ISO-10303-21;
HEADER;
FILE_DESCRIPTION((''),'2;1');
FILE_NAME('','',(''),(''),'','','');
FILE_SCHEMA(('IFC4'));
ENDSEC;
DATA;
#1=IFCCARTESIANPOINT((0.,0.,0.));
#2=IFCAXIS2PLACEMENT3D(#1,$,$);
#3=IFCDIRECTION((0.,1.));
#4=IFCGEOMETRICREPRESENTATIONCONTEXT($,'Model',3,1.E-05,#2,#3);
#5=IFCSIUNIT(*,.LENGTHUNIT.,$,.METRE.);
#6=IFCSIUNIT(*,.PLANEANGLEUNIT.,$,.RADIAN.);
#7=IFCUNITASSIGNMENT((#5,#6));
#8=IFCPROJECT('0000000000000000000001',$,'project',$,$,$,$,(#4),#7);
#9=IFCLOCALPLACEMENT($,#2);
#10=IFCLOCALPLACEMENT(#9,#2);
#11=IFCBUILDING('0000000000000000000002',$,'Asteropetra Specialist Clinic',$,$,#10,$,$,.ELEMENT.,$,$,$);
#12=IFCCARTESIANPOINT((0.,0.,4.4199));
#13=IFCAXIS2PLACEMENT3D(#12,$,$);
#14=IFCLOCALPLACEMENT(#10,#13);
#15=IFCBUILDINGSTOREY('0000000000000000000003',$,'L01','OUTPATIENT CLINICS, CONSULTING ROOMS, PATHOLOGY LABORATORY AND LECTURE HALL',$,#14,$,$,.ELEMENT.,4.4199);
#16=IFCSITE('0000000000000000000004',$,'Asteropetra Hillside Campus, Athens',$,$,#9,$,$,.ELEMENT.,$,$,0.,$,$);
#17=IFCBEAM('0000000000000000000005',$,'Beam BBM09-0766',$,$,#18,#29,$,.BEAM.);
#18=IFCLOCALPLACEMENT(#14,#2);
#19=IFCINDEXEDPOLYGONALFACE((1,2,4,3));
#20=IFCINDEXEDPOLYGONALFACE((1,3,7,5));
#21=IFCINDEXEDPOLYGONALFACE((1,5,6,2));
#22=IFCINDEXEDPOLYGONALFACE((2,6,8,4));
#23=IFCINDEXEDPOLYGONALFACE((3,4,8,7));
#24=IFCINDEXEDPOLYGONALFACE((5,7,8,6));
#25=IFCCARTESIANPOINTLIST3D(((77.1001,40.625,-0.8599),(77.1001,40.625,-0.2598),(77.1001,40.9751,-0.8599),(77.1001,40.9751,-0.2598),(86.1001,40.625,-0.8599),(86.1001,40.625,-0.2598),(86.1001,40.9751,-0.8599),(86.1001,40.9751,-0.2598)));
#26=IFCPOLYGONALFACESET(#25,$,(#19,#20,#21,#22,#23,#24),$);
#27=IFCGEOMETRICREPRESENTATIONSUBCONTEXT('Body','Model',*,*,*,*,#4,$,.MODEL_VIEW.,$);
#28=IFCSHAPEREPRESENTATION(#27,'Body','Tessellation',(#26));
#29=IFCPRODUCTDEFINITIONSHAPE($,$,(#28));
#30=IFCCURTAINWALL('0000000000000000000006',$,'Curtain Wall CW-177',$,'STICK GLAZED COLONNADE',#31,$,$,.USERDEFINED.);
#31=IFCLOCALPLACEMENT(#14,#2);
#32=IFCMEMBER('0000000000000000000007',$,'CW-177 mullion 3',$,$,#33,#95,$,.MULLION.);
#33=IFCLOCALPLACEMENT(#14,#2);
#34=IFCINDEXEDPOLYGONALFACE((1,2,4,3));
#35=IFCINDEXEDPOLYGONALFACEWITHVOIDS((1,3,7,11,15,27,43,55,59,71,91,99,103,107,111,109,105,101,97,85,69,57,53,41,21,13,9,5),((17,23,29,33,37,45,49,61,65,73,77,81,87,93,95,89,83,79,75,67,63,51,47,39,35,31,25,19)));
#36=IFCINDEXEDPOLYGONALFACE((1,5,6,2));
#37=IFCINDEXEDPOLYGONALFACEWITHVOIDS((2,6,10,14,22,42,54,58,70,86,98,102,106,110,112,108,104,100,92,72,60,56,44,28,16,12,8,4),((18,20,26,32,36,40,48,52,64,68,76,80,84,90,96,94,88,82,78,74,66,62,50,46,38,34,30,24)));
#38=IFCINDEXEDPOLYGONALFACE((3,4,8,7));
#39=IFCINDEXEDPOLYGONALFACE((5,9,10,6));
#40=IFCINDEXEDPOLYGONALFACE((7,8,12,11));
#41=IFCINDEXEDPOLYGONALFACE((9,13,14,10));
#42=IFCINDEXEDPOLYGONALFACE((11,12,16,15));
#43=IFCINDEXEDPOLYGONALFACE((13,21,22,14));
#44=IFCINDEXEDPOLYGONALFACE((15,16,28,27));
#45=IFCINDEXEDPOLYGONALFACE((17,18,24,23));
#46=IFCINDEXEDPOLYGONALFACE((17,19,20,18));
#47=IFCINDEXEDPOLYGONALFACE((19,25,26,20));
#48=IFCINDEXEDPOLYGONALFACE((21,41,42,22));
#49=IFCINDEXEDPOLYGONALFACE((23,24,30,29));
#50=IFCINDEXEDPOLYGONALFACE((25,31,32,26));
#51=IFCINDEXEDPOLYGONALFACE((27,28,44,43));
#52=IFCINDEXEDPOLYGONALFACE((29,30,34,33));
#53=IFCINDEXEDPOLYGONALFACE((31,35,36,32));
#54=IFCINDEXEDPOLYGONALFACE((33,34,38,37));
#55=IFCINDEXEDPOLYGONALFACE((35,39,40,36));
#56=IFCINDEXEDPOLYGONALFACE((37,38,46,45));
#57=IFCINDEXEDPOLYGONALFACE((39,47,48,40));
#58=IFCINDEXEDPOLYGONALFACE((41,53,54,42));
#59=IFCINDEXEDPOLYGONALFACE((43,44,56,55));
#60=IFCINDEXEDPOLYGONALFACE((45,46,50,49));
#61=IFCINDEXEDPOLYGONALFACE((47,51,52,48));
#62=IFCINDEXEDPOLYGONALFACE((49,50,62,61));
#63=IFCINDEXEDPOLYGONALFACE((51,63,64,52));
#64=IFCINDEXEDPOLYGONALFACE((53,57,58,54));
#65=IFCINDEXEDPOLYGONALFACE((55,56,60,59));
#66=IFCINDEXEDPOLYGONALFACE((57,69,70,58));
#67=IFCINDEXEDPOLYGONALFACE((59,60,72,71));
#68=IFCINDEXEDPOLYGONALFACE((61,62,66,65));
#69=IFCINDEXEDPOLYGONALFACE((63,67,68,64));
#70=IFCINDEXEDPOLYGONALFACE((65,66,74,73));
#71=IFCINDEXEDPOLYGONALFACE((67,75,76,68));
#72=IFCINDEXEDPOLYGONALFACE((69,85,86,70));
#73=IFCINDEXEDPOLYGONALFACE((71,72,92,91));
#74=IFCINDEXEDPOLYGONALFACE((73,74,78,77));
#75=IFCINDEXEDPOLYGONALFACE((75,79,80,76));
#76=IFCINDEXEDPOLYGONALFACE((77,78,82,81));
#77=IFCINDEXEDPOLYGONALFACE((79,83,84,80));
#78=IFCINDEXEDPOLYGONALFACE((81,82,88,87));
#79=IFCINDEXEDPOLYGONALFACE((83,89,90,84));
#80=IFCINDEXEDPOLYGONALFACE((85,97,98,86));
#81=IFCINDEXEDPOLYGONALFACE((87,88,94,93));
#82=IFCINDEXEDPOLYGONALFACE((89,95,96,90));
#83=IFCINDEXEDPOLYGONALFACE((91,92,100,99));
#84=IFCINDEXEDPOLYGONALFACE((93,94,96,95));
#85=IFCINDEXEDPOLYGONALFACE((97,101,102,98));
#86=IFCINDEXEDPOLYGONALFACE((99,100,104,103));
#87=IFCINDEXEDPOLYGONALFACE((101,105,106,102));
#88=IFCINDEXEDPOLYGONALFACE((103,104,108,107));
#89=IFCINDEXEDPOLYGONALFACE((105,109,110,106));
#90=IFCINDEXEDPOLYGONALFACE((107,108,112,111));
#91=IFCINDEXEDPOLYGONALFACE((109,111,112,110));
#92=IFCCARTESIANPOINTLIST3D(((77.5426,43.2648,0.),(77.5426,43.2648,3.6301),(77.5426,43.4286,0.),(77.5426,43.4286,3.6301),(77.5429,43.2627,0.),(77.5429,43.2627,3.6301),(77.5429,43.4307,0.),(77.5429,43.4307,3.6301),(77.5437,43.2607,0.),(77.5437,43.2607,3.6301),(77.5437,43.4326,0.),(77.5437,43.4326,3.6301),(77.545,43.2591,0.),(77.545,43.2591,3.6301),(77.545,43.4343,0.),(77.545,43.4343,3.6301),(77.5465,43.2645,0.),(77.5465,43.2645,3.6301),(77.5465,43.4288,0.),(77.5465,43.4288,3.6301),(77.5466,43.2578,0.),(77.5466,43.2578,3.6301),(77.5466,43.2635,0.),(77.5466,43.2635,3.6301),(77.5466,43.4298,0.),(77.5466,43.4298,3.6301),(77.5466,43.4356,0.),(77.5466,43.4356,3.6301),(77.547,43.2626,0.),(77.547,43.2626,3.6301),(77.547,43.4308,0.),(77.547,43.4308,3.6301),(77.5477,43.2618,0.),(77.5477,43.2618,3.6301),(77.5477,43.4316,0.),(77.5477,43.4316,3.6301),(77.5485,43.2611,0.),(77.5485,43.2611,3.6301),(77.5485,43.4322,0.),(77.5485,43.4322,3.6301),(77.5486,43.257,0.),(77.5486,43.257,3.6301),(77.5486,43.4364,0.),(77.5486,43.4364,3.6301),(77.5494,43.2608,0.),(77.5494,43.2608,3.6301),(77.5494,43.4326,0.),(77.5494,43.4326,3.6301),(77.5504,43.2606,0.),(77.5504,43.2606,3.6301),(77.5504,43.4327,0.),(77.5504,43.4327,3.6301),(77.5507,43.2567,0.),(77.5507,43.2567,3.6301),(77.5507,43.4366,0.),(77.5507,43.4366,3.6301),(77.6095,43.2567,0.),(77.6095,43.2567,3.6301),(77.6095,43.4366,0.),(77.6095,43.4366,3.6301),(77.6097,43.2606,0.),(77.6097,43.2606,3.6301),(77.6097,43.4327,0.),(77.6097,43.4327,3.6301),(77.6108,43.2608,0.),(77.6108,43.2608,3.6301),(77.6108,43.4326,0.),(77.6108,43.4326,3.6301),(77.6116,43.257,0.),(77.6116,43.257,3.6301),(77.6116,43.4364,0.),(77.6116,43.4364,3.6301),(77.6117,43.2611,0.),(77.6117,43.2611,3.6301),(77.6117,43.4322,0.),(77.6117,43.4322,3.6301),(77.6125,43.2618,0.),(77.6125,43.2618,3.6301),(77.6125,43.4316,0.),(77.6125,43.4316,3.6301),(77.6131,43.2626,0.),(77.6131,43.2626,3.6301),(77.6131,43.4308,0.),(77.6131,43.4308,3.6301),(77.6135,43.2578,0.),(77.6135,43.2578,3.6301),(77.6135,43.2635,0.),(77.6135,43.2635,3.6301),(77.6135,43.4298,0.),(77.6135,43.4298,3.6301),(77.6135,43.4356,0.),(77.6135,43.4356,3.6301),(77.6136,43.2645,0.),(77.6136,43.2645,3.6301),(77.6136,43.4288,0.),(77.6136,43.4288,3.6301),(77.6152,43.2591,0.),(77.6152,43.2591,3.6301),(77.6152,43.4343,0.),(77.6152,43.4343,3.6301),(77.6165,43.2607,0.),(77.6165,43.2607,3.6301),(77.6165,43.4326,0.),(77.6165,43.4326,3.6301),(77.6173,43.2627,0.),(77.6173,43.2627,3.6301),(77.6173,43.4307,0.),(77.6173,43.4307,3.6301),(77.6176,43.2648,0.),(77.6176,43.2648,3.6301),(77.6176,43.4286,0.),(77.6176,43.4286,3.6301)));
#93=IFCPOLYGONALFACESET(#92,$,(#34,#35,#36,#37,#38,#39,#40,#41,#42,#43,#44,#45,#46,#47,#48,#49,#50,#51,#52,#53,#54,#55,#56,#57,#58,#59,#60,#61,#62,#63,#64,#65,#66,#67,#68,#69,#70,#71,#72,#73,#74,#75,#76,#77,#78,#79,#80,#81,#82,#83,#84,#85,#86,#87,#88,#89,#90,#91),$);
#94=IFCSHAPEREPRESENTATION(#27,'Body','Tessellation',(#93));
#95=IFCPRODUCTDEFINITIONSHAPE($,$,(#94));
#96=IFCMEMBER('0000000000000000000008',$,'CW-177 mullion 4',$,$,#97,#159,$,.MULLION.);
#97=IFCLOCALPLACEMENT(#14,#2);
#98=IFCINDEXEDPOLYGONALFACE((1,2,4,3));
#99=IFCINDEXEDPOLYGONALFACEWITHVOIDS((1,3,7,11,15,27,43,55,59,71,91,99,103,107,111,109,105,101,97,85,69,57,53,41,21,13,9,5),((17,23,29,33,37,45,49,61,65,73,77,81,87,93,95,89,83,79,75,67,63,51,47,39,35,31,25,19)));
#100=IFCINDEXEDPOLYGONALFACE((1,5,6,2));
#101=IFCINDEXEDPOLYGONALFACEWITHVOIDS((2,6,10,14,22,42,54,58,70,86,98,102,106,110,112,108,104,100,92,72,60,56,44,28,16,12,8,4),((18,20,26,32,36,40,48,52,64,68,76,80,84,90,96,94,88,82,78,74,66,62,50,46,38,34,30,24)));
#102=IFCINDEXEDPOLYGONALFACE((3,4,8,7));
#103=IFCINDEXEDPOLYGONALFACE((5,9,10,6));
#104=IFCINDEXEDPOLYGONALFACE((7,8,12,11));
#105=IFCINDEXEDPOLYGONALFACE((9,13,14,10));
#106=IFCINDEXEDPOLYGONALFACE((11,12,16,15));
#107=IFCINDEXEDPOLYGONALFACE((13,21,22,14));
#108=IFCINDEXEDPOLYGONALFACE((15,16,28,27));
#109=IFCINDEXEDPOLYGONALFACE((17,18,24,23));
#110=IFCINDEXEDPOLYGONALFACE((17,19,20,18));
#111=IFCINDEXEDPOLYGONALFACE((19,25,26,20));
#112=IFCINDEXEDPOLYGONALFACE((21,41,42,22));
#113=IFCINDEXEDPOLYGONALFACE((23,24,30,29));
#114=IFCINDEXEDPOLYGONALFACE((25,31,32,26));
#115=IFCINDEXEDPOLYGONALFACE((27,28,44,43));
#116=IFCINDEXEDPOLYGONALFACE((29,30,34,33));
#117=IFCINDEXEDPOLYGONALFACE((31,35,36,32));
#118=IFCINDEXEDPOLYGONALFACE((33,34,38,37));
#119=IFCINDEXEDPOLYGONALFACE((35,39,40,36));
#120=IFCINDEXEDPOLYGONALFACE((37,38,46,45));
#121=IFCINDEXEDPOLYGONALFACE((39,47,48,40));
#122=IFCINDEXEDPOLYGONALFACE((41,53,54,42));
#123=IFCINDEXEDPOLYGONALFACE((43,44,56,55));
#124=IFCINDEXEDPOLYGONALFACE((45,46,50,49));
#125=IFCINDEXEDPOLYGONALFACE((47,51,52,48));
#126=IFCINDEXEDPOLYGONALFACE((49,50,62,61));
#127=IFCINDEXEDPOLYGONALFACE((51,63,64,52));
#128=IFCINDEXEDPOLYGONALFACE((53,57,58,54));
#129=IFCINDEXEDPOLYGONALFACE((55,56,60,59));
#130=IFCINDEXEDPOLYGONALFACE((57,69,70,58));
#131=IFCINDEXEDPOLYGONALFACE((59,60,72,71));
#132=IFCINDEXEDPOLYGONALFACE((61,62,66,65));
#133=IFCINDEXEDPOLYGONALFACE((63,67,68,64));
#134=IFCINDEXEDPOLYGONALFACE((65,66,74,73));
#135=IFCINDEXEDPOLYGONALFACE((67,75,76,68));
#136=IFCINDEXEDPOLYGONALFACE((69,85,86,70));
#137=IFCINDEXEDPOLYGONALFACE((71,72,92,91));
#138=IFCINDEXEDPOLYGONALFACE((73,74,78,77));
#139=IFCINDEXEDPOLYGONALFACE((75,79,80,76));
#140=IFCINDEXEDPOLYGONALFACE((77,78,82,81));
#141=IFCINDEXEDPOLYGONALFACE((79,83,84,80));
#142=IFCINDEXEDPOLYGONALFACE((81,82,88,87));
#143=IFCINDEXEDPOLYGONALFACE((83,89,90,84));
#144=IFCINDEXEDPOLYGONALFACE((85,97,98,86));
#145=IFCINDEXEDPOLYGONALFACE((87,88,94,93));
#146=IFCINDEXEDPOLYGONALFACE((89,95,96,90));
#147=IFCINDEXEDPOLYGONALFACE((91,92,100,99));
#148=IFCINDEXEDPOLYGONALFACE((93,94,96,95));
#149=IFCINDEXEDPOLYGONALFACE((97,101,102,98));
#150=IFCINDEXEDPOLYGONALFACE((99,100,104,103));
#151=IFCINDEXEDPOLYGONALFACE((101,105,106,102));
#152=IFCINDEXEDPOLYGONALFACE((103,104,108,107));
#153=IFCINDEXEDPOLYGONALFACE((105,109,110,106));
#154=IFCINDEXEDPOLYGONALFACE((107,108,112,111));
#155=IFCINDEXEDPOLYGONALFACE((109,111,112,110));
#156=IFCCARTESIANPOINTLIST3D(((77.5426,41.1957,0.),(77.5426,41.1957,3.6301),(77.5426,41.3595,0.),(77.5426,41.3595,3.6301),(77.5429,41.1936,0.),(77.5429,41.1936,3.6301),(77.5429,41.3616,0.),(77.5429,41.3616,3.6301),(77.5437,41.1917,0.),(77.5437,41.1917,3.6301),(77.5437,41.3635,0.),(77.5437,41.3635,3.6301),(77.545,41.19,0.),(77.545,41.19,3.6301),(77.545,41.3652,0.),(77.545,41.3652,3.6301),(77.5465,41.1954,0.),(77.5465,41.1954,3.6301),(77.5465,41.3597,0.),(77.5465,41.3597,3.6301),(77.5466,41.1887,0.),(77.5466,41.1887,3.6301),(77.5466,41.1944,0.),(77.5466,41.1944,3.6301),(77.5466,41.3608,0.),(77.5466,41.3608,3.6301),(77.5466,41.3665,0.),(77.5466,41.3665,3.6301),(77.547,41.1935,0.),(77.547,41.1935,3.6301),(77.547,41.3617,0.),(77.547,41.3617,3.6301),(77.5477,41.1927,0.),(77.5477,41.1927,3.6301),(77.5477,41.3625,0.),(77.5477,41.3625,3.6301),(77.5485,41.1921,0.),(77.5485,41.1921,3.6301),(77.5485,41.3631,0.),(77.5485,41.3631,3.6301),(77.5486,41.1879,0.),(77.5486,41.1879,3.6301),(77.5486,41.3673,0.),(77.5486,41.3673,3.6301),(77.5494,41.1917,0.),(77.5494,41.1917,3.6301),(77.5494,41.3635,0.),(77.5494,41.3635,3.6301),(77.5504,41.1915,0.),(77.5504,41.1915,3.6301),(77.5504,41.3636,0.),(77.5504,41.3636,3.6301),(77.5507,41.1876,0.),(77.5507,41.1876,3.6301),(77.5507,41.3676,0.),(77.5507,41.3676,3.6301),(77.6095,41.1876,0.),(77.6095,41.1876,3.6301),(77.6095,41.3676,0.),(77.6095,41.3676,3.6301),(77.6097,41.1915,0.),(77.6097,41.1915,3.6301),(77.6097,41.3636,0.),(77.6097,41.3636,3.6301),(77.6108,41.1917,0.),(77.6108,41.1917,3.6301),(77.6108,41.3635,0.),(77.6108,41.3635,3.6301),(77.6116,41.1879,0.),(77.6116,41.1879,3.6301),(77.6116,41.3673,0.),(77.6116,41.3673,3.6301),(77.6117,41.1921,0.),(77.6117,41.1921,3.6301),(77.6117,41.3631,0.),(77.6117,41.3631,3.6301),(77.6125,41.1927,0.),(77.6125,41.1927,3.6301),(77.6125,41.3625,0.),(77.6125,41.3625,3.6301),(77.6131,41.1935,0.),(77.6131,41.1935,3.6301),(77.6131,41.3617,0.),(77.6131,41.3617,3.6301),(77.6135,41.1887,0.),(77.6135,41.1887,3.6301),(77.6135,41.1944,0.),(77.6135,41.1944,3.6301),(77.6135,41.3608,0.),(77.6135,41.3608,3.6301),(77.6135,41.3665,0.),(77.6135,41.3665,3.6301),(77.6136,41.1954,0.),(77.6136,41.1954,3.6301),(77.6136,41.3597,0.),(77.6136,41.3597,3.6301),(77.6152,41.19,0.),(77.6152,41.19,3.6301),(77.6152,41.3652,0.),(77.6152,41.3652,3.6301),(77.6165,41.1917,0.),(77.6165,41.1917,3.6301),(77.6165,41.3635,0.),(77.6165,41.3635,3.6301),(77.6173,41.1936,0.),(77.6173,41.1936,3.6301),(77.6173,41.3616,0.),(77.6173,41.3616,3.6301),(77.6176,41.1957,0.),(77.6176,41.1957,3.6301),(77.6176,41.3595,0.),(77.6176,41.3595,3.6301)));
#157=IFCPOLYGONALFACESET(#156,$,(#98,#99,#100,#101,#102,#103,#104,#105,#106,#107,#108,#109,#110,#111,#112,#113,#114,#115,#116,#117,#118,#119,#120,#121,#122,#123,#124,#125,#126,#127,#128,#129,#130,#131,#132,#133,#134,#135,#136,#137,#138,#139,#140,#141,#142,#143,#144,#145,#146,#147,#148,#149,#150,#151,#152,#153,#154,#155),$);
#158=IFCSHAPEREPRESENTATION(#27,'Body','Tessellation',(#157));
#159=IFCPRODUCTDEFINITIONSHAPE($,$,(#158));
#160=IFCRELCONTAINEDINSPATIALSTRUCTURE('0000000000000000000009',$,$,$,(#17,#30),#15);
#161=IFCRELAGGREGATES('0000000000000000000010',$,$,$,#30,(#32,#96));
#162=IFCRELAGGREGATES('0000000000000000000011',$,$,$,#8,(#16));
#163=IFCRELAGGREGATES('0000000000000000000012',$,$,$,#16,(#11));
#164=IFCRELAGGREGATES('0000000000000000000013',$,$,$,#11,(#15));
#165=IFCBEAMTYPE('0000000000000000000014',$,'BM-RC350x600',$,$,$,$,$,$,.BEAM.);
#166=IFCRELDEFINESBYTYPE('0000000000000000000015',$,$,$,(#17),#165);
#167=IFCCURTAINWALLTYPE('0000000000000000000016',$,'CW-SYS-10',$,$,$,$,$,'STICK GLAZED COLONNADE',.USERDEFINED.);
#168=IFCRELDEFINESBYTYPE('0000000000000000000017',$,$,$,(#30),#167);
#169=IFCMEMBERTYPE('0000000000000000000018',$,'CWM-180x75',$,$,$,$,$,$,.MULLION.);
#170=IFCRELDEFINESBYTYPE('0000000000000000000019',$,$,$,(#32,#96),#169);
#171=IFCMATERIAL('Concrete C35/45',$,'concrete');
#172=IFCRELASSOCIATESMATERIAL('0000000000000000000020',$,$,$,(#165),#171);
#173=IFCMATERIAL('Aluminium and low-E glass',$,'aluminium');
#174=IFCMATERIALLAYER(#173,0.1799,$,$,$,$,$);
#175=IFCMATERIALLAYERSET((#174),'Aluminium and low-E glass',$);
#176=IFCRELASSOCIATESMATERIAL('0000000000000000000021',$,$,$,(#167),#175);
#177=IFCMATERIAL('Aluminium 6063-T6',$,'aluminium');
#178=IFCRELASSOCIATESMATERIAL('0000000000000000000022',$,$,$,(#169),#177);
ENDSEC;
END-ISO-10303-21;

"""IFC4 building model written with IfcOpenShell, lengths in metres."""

from ifc_helpers import new_model, si_unit, direction, frame, origin, origin_2d, place, context, subcontext, project, spatial, rectangle, hollow_rectangle, extrude, material, layer, layer_set, material_profile, profile_set, type_object, element, aggregate, save


model = new_model("IFC4")

# Units and contexts
model_context = context("Model", 3, precision=1e-05, world=origin(), true_north=direction((0.0, 1.0)))
body_context = subcontext(model_context, "Body", "Model", "MODEL_VIEW")
ifc_project = project(units=[si_unit("LENGTHUNIT", "METRE"), si_unit("PLANEANGLEUNIT", "RADIAN")], contexts=[model_context])

# Site, building, storey
site_placement = place(None, origin())
site = spatial("IfcSite", under=ifc_project, at=site_placement, Name="Asteropetra Hillside Campus, Athens", CompositionType="ELEMENT", RefElevation=0.0)
building_placement = place(site_placement, origin())
building = spatial("IfcBuilding", under=site, at=building_placement, Name="Asteropetra Specialist Clinic", CompositionType="ELEMENT")
storey_placement = place(building_placement, frame((0.0, 0.0, 4.4199)))
storey = spatial("IfcBuildingStorey", under=building, at=storey_placement, Name="L01", Description="OUTPATIENT CLINICS, CONSULTING ROOMS, PATHOLOGY LABORATORY AND LECTURE HALL", CompositionType="ELEMENT", Elevation=4.4199)

# Beam
ifc_material_1 = material(Name="Concrete C35/45", Category="concrete")
ifc_material_profile_1 = material_profile(ifc_material_1, rectangle(XDim=0.3501, YDim=0.6001, at=origin_2d()), Name="RCB 350x600")
ifc_profile_set_1 = profile_set([ifc_material_profile_1], Name="Concrete C35/45")
beam_type_1 = type_object("IfcBeamType", Name="BM-RC350x600", PredefinedType="BEAM", material=ifc_profile_set_1)
beam_1_placement = place(storey_placement, frame((77.1001, 40.8, -0.5598), z_axis=(1.0, 0.0, 0.0), x_axis=(0.0, 1.0, 0.0)))
element("IfcBeam", 1, at=beam_1_placement, inside=storey, type_object=beam_type_1, Name="Beam BBM09-0766", PredefinedType="BEAM", context=body_context, shape_type="SweptSolid", body=[
    extrude(rectangle(XDim=0.3501, YDim=0.6001, at=origin_2d()), origin(), (0.0, 0.0, 1.0), 9.0),
])

# Curtain wall, members
ifc_material_2 = material(Name="Aluminium and low-E glass", Category="aluminium")
ifc_layer_1 = layer(ifc_material_2, 0.1799)
ifc_layer_set_1 = layer_set([ifc_layer_1], Name="Aluminium and low-E glass")
curtain_wall_type = type_object("IfcCurtainWallType", Name="CW-SYS-10", ElementType="STICK GLAZED COLONNADE", PredefinedType="USERDEFINED", material=ifc_layer_set_1)
curtain_wall_placement = place(storey_placement, origin())
curtain_wall = element("IfcCurtainWall", 2, at=curtain_wall_placement, inside=storey, type_object=curtain_wall_type, Name="Curtain Wall CW-177", ObjectType="STICK GLAZED COLONNADE", PredefinedType="USERDEFINED")
ifc_material_3 = material(Name="Aluminium 6063-T6", Category="aluminium")
ifc_material_profile_2 = material_profile(ifc_material_3, hollow_rectangle(XDim=0.075, YDim=0.1799, WallThickness=0.0039, InnerFilletRadius=0.0039, OuterFilletRadius=0.0081, at=origin_2d()), Name="MUL 180x75x4.0")
ifc_profile_set_2 = profile_set([ifc_material_profile_2], Name="Aluminium 6063-T6")
member_type_1 = type_object("IfcMemberType", Name="CWM-180x75", PredefinedType="MULLION", material=ifc_profile_set_2)
member_1_placement = place(storey_placement, frame((77.5801, 43.3467, 0.0), z_axis=(0.0, 0.0, 1.0), x_axis=(1.0, 0.0, 0.0)))
member_1 = element("IfcMember", 3, at=member_1_placement, type_object=member_type_1, Name="CW-177 mullion 3", PredefinedType="MULLION", context=body_context, shape_type="SweptSolid", body=[
    extrude(hollow_rectangle(XDim=0.075, YDim=0.1799, WallThickness=0.0039, InnerFilletRadius=0.0039, OuterFilletRadius=0.0081, at=origin_2d()), origin(), (0.0, 0.0, 1.0), 3.6301),
])
member_2_placement = place(storey_placement, frame((77.5801, 41.2776, 0.0), z_axis=(0.0, 0.0, 1.0), x_axis=(1.0, 0.0, 0.0)))
member_2 = element("IfcMember", 4, at=member_2_placement, type_object=member_type_1, Name="CW-177 mullion 4", PredefinedType="MULLION", context=body_context, shape_type="SweptSolid", body=[
    extrude(hollow_rectangle(XDim=0.075, YDim=0.1799, WallThickness=0.0039, InnerFilletRadius=0.0039, OuterFilletRadius=0.0081, at=origin_2d()), origin(), (0.0, 0.0, 1.0), 3.6301),
])

aggregate(curtain_wall, [member_1, member_2])

save(model, "model.ifc")
